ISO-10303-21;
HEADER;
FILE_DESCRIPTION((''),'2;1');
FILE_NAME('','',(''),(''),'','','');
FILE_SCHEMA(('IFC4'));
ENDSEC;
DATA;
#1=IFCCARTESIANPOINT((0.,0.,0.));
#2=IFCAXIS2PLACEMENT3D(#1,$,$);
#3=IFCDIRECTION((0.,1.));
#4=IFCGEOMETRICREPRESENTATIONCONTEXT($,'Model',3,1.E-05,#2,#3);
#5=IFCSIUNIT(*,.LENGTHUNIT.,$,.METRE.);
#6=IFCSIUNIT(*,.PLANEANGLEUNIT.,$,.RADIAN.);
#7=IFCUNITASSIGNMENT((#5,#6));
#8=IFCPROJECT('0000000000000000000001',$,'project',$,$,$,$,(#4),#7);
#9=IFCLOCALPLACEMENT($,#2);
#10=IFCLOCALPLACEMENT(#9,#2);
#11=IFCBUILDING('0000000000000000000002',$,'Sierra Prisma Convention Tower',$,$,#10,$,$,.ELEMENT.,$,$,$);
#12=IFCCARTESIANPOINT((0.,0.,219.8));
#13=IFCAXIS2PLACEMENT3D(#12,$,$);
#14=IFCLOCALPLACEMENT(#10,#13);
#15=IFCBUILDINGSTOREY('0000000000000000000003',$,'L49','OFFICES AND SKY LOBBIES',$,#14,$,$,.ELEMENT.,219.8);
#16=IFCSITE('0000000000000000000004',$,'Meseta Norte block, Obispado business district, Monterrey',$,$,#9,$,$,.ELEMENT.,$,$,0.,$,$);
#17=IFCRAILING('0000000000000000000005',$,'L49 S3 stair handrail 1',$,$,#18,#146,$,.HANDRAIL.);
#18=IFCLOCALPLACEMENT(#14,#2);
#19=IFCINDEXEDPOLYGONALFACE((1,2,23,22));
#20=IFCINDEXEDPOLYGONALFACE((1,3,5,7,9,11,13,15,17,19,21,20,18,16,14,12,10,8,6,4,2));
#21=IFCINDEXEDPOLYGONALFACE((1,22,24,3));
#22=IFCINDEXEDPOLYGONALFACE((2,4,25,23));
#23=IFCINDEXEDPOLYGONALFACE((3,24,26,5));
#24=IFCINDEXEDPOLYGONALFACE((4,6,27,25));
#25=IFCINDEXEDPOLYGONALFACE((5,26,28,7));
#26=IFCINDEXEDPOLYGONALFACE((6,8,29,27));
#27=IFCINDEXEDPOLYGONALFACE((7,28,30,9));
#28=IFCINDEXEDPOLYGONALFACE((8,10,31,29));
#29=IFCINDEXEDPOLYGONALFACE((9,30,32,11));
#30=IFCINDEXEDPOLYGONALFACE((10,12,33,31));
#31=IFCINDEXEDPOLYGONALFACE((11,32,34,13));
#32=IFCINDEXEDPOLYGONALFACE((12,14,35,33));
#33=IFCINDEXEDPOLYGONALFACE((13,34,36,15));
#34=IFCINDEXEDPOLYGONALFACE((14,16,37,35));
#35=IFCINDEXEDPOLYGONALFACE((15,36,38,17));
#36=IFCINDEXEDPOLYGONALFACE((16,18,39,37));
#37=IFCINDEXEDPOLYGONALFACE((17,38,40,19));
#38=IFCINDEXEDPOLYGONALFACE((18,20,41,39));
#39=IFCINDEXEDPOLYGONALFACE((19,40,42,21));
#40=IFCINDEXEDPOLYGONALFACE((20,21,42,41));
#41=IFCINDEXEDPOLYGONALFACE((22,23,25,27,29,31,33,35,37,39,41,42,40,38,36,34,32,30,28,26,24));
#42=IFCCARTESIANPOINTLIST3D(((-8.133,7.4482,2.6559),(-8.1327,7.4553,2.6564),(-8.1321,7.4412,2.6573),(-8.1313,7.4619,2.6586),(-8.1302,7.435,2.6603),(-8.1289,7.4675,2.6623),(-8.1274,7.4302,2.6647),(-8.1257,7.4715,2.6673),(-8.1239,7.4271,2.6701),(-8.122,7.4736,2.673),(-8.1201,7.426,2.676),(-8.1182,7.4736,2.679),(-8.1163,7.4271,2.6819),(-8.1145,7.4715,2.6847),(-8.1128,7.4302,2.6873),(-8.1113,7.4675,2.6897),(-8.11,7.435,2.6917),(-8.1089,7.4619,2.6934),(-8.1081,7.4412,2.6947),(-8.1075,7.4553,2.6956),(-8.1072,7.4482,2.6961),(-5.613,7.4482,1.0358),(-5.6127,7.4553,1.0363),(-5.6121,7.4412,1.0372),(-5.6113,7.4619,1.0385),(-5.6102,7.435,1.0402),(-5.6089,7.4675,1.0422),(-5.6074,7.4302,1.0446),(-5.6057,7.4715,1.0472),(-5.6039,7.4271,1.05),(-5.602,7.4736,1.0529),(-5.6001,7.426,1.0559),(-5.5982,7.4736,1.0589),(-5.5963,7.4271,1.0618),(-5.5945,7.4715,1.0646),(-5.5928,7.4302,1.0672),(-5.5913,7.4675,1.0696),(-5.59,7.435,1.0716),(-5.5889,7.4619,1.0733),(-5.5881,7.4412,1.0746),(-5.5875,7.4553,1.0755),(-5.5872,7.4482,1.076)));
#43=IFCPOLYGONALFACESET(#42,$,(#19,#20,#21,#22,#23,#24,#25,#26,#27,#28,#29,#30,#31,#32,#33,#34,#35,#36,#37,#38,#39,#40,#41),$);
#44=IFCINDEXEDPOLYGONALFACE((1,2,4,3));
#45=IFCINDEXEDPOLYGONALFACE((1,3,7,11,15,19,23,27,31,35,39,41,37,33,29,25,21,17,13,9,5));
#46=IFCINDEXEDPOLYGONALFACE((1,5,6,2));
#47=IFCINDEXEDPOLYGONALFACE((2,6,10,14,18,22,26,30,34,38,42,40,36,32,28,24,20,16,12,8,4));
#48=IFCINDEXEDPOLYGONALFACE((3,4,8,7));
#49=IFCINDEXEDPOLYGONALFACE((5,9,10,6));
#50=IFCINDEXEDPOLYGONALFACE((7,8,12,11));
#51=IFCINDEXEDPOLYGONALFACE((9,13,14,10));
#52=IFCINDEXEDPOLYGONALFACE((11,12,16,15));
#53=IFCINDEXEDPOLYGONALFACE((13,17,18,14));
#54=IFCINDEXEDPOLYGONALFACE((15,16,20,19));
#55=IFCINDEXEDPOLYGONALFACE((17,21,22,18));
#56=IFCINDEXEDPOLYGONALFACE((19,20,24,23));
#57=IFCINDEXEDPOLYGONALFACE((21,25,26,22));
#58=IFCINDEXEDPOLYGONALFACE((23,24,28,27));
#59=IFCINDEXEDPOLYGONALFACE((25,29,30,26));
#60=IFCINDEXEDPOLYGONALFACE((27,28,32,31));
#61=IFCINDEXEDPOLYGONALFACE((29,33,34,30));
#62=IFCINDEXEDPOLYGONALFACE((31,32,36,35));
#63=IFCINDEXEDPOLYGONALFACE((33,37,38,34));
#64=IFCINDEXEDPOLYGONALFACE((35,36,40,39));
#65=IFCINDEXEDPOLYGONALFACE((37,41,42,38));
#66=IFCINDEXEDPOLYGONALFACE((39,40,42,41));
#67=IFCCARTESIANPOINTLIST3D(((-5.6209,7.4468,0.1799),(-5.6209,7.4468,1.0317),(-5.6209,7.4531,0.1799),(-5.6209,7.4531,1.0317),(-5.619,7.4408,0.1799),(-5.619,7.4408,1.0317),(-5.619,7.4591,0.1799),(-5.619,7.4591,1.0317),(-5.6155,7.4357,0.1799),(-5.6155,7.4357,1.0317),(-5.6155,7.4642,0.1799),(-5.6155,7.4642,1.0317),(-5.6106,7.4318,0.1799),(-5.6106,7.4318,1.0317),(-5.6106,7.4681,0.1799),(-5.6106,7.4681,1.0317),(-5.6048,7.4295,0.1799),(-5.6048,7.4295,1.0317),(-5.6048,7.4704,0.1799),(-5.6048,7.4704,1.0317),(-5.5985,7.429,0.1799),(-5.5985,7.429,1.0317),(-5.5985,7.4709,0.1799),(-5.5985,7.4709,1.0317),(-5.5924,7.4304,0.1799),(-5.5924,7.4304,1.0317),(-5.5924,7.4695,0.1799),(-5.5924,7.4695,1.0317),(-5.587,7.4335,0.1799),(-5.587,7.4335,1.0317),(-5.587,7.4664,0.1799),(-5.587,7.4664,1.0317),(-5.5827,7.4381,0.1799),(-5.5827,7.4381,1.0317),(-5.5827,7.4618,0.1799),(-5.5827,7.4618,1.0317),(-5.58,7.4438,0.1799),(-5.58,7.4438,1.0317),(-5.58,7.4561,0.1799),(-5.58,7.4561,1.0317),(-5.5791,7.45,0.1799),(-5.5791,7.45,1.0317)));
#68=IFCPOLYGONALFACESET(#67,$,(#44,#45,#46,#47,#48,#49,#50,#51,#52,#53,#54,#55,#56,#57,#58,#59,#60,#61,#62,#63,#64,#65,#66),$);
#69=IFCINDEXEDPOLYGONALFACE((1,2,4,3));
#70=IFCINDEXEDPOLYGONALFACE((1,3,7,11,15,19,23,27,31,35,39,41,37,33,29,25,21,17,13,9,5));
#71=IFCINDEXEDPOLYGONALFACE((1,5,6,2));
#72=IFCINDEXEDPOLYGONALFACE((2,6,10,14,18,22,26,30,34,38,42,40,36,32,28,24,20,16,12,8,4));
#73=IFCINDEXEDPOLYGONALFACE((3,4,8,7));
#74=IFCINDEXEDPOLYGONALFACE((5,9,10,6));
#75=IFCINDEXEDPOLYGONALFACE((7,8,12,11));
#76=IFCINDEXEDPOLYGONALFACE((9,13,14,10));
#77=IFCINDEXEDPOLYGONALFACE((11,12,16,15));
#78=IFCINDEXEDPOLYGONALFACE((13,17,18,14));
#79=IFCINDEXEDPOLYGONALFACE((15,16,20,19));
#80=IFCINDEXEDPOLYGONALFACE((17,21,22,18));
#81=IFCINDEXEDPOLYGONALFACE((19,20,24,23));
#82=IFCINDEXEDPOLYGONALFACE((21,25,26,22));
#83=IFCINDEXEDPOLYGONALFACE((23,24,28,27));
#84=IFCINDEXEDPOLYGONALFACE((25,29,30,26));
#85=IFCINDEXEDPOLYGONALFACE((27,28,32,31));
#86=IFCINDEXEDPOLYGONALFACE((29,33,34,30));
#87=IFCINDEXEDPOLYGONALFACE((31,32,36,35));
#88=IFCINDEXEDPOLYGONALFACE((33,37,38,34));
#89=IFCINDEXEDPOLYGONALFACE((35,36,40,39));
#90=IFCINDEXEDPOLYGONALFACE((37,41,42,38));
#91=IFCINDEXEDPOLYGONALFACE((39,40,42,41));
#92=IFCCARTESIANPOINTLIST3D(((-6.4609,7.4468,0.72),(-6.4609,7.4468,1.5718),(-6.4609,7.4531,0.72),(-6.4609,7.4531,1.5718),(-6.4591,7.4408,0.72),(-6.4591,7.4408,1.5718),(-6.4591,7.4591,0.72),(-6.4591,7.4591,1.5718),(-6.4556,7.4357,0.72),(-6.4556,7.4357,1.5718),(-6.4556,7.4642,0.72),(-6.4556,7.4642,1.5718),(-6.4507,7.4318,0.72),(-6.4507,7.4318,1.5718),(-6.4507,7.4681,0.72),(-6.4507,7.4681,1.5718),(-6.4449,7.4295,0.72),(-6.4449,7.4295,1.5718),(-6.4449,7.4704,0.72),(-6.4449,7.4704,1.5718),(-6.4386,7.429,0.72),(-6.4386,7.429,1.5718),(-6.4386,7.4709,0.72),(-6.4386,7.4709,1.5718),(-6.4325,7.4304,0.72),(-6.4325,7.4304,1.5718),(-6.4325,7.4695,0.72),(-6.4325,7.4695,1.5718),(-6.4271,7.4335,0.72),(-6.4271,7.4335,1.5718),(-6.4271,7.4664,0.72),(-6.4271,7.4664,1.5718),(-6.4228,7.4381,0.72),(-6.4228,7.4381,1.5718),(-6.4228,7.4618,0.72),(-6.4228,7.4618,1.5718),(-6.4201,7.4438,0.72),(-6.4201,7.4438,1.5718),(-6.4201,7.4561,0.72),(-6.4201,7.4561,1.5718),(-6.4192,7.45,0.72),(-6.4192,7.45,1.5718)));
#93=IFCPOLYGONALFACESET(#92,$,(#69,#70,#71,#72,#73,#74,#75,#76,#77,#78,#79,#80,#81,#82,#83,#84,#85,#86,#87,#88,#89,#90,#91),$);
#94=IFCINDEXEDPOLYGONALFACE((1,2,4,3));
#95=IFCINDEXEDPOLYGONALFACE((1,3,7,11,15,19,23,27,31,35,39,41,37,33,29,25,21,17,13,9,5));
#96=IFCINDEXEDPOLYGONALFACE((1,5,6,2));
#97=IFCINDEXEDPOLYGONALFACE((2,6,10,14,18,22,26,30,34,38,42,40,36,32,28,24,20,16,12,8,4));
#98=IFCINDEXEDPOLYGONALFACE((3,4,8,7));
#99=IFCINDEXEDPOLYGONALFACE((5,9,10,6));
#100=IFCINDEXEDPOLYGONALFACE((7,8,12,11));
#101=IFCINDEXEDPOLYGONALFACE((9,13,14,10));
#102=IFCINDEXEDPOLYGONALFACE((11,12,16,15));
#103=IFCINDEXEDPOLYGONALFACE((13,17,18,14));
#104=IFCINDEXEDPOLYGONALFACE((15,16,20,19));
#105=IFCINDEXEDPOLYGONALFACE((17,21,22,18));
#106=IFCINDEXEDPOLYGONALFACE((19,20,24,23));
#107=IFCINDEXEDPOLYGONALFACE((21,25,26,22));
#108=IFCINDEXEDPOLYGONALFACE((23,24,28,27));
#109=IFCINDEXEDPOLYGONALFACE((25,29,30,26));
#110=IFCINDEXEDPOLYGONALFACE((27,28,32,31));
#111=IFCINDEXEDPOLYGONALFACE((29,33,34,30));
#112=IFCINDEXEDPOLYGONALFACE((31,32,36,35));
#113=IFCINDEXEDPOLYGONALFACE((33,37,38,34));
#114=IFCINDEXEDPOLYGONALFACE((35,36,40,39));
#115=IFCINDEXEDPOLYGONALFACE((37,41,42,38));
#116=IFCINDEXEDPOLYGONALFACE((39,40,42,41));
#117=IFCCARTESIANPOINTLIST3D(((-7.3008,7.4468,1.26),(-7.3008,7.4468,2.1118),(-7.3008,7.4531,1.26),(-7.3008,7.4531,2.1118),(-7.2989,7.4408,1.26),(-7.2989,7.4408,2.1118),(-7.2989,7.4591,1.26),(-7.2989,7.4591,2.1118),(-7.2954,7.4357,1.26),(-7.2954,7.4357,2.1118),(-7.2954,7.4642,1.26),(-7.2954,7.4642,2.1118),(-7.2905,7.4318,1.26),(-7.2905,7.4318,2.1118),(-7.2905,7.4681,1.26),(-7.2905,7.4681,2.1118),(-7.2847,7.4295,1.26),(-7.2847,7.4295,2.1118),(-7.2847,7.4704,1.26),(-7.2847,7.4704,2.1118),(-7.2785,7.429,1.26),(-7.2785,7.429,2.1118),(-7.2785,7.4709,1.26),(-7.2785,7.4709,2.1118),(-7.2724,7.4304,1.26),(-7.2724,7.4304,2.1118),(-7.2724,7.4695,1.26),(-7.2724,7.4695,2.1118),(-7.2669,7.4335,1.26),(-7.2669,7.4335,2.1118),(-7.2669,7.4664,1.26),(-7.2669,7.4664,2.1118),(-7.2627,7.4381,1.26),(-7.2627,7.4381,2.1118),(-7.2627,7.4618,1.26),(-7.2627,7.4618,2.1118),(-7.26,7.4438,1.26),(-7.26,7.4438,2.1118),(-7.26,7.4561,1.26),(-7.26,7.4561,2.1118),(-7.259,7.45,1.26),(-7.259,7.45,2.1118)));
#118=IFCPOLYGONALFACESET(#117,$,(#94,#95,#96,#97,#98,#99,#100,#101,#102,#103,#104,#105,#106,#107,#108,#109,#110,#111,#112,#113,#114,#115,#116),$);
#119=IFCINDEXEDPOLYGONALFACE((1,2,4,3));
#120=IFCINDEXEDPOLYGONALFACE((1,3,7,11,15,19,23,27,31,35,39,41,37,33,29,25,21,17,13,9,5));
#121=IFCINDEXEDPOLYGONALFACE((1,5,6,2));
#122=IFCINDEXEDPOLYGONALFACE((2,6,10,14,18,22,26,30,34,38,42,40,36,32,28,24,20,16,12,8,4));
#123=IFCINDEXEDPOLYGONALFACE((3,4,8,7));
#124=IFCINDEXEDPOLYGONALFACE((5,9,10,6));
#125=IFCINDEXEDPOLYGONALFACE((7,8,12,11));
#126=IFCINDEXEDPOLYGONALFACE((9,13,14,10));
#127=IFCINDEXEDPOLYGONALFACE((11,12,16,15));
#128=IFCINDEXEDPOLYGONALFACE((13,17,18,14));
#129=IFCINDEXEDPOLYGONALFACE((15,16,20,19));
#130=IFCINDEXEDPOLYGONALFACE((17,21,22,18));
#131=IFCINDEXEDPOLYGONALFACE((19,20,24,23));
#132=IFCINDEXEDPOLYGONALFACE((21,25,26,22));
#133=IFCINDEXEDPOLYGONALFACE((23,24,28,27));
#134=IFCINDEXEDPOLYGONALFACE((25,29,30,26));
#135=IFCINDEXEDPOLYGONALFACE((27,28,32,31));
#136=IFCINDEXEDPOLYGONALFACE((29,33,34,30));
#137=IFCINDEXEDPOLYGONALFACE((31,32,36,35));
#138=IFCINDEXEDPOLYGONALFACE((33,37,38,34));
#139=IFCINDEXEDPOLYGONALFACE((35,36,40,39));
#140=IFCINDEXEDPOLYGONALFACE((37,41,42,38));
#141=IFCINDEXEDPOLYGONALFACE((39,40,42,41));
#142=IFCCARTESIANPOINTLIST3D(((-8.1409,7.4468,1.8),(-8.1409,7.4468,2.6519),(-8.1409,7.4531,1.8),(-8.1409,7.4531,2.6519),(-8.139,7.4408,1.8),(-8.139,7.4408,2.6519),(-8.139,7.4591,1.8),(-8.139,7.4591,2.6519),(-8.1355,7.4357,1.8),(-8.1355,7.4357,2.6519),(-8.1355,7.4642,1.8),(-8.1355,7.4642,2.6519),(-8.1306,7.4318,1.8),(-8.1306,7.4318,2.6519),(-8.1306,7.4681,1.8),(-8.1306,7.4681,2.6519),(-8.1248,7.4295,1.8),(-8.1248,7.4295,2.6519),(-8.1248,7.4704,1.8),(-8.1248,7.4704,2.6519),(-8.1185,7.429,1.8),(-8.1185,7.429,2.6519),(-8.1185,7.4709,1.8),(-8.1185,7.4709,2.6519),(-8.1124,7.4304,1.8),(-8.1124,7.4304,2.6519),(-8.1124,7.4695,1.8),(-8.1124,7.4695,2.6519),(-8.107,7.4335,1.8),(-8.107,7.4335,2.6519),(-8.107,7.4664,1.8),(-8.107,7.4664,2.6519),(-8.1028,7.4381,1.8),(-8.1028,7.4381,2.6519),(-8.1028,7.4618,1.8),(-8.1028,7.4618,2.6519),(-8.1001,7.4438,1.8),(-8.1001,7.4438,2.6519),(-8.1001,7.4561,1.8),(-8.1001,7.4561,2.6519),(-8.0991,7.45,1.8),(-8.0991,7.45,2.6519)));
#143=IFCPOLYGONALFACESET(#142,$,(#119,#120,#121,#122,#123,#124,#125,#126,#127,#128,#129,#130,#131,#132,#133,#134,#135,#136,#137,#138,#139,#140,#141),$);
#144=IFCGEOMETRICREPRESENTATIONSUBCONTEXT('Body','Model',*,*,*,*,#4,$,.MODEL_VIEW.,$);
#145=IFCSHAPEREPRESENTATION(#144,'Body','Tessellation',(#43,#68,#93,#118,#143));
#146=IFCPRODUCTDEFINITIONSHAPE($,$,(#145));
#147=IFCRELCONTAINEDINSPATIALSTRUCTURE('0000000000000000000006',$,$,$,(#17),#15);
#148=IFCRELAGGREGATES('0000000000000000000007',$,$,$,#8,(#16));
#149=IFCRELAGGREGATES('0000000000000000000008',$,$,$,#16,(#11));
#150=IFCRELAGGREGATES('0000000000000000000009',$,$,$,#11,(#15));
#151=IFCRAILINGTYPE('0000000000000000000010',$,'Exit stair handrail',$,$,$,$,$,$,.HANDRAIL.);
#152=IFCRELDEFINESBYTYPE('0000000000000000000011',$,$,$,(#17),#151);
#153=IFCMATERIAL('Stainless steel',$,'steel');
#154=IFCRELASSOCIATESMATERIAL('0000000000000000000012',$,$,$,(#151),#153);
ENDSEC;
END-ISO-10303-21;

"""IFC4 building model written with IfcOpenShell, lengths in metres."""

from ifc_helpers import new_model, si_unit, direction, frame, origin, origin_2d, place, context, subcontext, project, spatial, circle, extrude, material, type_object, element, save


model = new_model("IFC4")

# Units and contexts
model_context = context("Model", 3, precision=1e-05, world=origin(), true_north=direction((0.0, 1.0)))
body_context = subcontext(model_context, "Body", "Model", "MODEL_VIEW")
ifc_project = project(units=[si_unit("LENGTHUNIT", "METRE"), si_unit("PLANEANGLEUNIT", "RADIAN")], contexts=[model_context])

# Site, building, storey
site_placement = place(None, origin())
site = spatial("IfcSite", under=ifc_project, at=site_placement, Name="Meseta Norte block, Obispado business district, Monterrey", CompositionType="ELEMENT", RefElevation=0.0)
building_placement = place(site_placement, origin())
building = spatial("IfcBuilding", under=site, at=building_placement, Name="Sierra Prisma Convention Tower", CompositionType="ELEMENT")
storey_placement = place(building_placement, frame((0.0, 0.0, 219.8)))
storey = spatial("IfcBuildingStorey", under=building, at=storey_placement, Name="L49", Description="OFFICES AND SKY LOBBIES", CompositionType="ELEMENT", Elevation=219.8)

# Railing
ifc_material_1 = material(Name="Stainless steel", Category="steel")
railing_type_1 = type_object("IfcRailingType", Name="Exit stair handrail", PredefinedType="HANDRAIL", material=ifc_material_1)
railing_1_placement = place(storey_placement, frame((-5.6001, 7.45, 0.1799)))
element("IfcRailing", 1, at=railing_1_placement, inside=storey, type_object=railing_type_1, Name="L49 S3 stair handrail 1", PredefinedType="HANDRAIL", context=body_context, shape_type="SweptSolid", body=[
    extrude(circle(Radius=0.0239, at=origin_2d()), frame((0.0, 0.0, 0.876), z_axis=(-0.841163, 0.0, 0.540782), x_axis=(0.0, -1.0, 0.0)), (0.0, 0.0, 1.0), 2.9958),
    extrude(circle(Radius=0.021, at=origin_2d()), origin(), (0.0, 0.0, 1.0), 0.8518),
    extrude(circle(Radius=0.021, at=origin_2d()), frame((-0.8401, 0.0, 0.54)), (0.0, 0.0, 1.0), 0.8518),
    extrude(circle(Radius=0.021, at=origin_2d()), frame((-1.6799, 0.0, 1.0801)), (0.0, 0.0, 1.0), 0.8518),
    extrude(circle(Radius=0.021, at=origin_2d()), frame((-2.52, 0.0, 1.6201)), (0.0, 0.0, 1.0), 0.8518),
])

save(model, "model.ifc")
